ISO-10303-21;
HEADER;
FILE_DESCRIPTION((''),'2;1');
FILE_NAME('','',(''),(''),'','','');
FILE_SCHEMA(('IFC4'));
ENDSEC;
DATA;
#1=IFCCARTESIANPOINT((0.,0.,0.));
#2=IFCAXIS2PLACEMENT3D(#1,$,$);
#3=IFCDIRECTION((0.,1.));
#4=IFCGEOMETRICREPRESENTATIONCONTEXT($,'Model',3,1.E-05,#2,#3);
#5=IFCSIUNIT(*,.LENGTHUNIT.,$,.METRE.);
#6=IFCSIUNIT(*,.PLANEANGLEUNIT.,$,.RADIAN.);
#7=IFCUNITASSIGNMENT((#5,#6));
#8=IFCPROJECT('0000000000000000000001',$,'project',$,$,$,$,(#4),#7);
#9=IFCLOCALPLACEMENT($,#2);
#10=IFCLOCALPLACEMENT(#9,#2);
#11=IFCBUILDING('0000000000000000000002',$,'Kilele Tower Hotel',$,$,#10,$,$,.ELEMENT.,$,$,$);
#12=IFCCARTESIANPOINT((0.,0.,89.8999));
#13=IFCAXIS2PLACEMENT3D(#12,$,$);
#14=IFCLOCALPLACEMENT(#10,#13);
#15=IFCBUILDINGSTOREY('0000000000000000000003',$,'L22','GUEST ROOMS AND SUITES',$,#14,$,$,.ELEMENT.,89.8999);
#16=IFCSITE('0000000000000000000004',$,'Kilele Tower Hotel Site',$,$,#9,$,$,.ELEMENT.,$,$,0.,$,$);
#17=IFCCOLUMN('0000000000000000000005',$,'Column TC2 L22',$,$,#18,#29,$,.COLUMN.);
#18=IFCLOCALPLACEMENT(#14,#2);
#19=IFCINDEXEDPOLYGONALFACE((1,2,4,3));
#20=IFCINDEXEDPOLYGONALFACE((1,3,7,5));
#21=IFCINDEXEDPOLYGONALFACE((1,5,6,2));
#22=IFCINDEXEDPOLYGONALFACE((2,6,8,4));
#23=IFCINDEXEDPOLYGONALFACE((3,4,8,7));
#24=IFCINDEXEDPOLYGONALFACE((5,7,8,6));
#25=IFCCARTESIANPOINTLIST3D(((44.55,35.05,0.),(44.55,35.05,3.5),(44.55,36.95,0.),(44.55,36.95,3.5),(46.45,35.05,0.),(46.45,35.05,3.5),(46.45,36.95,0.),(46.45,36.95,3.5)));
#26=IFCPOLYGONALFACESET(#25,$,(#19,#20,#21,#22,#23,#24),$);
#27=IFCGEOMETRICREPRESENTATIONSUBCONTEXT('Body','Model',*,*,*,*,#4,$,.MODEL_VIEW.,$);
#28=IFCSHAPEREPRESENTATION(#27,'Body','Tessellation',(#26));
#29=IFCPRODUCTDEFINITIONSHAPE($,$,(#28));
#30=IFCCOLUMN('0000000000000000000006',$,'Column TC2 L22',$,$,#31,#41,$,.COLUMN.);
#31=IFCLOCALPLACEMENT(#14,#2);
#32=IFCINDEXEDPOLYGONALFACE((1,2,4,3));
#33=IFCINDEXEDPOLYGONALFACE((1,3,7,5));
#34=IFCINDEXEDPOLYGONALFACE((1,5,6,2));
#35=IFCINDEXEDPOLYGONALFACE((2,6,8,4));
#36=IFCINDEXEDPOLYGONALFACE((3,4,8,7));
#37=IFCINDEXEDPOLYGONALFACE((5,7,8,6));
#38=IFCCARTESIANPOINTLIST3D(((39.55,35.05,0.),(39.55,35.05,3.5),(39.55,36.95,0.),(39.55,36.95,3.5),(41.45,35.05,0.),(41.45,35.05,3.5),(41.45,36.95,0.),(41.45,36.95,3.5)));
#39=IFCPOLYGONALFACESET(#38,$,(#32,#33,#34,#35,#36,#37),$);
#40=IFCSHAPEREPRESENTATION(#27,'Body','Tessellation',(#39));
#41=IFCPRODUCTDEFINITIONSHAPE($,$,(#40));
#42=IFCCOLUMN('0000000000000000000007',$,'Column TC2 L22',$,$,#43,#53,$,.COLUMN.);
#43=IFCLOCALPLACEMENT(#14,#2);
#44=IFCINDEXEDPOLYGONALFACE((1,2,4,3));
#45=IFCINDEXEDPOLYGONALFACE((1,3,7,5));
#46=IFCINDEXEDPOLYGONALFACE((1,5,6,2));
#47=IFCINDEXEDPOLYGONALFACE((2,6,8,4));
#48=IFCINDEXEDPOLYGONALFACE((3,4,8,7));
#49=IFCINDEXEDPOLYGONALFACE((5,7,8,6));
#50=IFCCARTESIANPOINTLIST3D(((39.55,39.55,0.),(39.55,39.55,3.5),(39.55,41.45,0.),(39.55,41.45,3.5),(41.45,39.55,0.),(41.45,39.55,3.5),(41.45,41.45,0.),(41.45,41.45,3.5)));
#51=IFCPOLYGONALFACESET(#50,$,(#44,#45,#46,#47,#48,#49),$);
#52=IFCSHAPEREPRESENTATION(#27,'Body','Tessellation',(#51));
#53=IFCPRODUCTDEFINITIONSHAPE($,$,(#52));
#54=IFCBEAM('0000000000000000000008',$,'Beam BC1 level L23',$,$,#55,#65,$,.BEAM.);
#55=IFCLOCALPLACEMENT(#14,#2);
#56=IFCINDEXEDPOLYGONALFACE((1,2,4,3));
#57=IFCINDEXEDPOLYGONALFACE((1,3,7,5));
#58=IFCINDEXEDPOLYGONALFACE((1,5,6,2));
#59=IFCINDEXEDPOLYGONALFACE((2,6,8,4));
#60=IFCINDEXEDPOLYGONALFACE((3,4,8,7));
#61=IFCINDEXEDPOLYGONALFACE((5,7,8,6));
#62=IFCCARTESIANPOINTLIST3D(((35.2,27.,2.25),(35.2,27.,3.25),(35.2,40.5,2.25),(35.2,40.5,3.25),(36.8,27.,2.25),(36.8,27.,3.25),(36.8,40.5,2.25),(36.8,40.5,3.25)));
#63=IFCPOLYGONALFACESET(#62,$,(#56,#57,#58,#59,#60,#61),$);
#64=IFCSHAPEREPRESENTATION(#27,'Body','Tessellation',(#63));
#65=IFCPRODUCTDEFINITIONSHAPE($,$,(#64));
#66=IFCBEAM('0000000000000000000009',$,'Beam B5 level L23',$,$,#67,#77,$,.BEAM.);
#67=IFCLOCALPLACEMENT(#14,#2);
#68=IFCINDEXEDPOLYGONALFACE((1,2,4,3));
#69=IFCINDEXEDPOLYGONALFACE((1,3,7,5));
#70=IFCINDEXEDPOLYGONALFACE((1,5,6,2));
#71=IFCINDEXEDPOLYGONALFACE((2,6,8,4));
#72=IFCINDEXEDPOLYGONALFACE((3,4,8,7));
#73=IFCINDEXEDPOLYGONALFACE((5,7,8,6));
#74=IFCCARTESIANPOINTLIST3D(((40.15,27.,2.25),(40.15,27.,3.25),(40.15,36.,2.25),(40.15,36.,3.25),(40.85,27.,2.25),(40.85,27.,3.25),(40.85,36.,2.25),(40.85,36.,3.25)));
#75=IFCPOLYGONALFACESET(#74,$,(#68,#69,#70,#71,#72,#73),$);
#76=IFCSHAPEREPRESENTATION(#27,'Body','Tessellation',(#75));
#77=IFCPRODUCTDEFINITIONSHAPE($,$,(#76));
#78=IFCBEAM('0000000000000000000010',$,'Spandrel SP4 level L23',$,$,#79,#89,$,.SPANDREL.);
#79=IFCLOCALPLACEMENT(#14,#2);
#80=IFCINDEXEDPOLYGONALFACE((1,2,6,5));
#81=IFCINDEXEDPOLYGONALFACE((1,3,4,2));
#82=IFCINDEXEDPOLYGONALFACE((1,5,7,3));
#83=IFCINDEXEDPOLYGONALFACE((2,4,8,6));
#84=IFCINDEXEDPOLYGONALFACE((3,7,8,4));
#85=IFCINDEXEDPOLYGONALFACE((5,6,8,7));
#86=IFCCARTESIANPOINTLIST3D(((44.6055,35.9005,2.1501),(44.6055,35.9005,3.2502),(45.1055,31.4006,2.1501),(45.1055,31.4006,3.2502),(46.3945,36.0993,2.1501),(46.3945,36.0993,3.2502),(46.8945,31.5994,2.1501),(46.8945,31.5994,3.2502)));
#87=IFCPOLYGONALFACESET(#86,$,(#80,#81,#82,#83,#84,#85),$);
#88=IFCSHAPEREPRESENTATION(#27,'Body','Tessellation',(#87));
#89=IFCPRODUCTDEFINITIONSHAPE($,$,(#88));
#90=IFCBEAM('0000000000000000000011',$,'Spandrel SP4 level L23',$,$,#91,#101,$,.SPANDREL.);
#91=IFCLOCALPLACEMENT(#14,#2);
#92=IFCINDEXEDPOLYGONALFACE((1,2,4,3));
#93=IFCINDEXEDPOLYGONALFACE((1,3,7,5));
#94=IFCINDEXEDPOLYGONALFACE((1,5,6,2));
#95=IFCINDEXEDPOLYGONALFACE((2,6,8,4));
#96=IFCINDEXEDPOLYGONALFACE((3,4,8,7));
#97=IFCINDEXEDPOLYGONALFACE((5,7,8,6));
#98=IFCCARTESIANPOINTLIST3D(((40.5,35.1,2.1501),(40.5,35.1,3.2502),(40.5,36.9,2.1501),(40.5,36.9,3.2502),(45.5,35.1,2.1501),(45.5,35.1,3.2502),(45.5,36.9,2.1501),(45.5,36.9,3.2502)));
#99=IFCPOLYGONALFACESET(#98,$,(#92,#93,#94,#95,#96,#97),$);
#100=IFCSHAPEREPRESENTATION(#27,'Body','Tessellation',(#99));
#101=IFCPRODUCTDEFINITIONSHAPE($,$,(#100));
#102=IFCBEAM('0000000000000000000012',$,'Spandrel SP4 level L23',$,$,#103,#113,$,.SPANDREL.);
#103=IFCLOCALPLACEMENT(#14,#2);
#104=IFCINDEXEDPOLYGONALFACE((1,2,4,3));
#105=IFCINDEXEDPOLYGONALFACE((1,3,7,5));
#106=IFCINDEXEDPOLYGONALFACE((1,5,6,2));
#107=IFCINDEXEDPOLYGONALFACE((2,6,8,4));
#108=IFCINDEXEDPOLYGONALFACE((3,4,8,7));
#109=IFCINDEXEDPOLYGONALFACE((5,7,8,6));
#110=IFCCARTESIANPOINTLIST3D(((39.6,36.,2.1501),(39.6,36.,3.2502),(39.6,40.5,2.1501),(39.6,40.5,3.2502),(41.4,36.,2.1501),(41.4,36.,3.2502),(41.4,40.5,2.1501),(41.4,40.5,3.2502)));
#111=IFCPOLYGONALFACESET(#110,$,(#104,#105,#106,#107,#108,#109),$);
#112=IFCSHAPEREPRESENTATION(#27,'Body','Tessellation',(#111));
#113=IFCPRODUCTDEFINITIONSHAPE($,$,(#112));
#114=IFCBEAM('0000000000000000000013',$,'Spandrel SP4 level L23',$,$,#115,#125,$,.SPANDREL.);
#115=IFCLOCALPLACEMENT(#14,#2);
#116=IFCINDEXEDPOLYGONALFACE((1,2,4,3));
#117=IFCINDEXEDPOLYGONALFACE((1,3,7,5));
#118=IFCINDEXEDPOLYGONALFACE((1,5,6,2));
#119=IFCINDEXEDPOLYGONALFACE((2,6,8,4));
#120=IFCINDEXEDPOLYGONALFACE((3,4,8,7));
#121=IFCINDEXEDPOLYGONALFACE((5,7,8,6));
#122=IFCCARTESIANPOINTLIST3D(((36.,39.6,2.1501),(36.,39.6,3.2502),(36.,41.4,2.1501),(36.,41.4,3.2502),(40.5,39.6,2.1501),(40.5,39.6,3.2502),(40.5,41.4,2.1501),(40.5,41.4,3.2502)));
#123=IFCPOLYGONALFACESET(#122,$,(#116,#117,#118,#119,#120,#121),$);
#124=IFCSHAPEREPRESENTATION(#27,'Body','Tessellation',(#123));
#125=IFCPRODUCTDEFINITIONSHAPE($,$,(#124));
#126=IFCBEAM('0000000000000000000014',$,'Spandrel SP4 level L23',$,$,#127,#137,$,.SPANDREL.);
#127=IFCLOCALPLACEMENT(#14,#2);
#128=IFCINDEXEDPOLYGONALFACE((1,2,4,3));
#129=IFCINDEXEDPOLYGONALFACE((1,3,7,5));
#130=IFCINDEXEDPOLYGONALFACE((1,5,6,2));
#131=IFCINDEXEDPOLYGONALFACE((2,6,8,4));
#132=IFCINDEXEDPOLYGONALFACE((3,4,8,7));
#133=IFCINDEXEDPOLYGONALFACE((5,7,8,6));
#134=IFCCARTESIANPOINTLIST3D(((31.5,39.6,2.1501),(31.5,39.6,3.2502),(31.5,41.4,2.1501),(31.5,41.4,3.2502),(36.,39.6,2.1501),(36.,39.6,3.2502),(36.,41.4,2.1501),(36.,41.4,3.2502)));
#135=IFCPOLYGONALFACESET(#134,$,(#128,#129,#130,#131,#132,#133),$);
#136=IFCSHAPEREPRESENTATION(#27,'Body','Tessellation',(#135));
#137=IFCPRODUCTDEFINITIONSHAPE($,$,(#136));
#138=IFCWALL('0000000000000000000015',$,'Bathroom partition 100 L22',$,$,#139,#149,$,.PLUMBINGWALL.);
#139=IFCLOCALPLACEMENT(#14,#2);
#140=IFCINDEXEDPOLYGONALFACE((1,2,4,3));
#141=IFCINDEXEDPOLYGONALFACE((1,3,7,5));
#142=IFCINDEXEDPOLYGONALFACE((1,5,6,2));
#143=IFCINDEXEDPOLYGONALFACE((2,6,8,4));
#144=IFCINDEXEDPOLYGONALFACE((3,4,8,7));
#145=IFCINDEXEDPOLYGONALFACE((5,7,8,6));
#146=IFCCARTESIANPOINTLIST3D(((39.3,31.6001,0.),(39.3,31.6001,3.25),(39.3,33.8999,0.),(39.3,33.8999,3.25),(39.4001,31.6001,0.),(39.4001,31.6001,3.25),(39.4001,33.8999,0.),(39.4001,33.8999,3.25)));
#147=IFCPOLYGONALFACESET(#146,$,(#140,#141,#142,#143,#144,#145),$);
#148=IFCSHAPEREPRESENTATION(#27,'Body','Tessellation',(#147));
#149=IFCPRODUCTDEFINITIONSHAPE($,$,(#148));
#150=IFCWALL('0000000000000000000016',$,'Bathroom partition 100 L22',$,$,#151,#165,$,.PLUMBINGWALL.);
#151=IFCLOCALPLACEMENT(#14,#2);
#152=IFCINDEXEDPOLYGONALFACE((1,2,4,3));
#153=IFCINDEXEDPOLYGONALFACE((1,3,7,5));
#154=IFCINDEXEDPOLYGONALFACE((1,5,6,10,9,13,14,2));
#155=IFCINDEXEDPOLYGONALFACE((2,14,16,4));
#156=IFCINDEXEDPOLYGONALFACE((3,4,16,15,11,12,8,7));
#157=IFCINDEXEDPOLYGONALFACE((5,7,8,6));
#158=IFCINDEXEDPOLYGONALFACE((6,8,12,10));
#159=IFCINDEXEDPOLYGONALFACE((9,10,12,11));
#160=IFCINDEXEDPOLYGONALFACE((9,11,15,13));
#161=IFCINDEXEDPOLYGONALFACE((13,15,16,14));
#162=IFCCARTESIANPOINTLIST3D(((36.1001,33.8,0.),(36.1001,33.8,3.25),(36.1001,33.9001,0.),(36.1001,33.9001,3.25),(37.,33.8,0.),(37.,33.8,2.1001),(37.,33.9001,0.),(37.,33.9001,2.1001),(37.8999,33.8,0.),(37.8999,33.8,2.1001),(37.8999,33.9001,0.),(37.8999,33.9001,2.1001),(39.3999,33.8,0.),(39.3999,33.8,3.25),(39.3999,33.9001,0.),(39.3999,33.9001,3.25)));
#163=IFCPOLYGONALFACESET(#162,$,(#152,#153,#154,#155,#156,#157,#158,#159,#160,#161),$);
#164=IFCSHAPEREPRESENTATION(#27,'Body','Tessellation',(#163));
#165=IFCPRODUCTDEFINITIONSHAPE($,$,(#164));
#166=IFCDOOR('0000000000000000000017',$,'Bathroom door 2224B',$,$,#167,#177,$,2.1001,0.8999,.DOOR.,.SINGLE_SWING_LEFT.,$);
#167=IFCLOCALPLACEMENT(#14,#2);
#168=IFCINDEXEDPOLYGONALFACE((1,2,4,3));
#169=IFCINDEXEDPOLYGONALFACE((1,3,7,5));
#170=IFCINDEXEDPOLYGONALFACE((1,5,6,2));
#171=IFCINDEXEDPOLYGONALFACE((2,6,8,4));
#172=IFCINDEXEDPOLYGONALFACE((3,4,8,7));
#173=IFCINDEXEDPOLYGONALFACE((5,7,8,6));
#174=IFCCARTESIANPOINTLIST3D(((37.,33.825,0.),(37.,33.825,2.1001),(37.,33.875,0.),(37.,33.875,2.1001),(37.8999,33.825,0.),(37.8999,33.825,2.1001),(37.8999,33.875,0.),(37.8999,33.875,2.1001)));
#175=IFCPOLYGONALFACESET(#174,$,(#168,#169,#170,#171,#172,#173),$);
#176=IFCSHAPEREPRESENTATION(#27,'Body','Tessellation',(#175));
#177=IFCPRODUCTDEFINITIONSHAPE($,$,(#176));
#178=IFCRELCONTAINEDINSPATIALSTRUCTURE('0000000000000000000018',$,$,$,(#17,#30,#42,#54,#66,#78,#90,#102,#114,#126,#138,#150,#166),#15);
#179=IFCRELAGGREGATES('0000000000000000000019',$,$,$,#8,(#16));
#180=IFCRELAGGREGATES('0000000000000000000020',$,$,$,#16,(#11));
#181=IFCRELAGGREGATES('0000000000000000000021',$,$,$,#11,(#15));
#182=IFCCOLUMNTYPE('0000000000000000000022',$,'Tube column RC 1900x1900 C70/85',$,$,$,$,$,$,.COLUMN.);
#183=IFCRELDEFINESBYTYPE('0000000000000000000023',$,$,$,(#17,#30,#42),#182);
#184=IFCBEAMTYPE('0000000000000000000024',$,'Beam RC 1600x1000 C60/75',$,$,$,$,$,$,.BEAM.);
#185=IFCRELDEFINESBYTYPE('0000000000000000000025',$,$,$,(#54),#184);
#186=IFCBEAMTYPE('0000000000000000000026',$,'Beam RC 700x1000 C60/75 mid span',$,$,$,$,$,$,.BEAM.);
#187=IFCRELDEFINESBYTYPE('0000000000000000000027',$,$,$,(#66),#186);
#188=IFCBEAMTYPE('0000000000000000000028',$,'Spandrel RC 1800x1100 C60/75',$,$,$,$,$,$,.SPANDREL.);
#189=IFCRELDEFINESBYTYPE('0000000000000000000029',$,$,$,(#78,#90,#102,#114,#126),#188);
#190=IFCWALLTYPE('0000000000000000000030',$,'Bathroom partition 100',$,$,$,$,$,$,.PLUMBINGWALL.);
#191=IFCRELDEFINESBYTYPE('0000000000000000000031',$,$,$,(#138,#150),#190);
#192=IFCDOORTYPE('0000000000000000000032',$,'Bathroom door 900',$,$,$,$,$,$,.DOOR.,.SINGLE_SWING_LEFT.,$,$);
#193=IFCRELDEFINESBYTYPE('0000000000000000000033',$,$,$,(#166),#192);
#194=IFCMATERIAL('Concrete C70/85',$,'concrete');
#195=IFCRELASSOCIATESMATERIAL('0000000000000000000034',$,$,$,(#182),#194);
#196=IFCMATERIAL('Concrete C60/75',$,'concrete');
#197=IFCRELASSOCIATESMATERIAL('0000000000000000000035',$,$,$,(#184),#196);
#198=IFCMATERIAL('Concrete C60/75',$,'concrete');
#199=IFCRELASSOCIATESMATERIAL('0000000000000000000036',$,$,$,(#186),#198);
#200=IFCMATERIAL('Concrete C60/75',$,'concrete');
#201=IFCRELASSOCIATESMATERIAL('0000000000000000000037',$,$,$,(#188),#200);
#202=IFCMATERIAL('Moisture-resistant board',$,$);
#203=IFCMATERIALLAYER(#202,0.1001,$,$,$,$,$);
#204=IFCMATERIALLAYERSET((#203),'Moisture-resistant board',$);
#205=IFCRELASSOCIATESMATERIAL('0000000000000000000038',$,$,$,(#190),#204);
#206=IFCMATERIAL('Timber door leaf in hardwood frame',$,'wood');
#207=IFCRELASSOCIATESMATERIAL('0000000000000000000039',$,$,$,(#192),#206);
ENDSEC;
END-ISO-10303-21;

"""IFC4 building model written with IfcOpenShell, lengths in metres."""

from ifc_helpers import new_model, si_unit, direction, frame, frame_2d, origin, origin_2d, place, context, subcontext, project, spatial, rectangle, extrude, material, layer, layer_set, material_profile, profile_set, type_object, element, fill, save


model = new_model("IFC4")

# Units and contexts
model_context = context("Model", 3, precision=1e-05, world=origin(), true_north=direction((0.0, 1.0)))
body_context = subcontext(model_context, "Body", "Model", "MODEL_VIEW")
ifc_project = project(units=[si_unit("LENGTHUNIT", "METRE"), si_unit("PLANEANGLEUNIT", "RADIAN")], contexts=[model_context])

# Site, building, storey
site_placement = place(None, origin())
site = spatial("IfcSite", under=ifc_project, at=site_placement, Name="Kilele Tower Hotel Site", CompositionType="ELEMENT", RefElevation=0.0)
building_placement = place(site_placement, origin())
building = spatial("IfcBuilding", under=site, at=building_placement, Name="Kilele Tower Hotel", CompositionType="ELEMENT")
storey_placement = place(building_placement, frame((0.0, 0.0, 89.8999)))
storey = spatial("IfcBuildingStorey", under=building, at=storey_placement, Name="L22", Description="GUEST ROOMS AND SUITES", CompositionType="ELEMENT", Elevation=89.8999)

# Columns
ifc_material_1 = material(Name="Concrete C70/85", Category="concrete")
ifc_material_profile_1 = material_profile(ifc_material_1, rectangle(XDim=1.8999, YDim=1.8999, at=origin_2d()))
ifc_profile_set_1 = profile_set([ifc_material_profile_1], Name="Concrete C70/85")
column_type = type_object("IfcColumnType", Name="Tube column RC 1900x1900 C70/85", PredefinedType="COLUMN", material=ifc_profile_set_1)
for number, where, z_axis, x_axis, name in (
    (1, (45.5, 36.0, 0.0), (0.0, 0.0, 1.0), (1.0, 0.0, 0.0), "Column TC2 L22"),
    (2, (40.5, 36.0, 0.0), (0.0, 0.0, 1.0), (1.0, 0.0, 0.0), "Column TC2 L22"),
    (3, (40.5, 40.5, 0.0), (0.0, 0.0, 1.0), (1.0, 0.0, 0.0), "Column TC2 L22"),
):
    element("IfcColumn", number, at=place(storey_placement, frame(where, z_axis=z_axis, x_axis=x_axis)), inside=storey, type_object=column_type, Name=name, PredefinedType="COLUMN", context=body_context, shape_type="SweptSolid", body=[
        extrude(rectangle(XDim=1.8999, YDim=1.8999, at=origin_2d()), origin(), (0.0, 0.0, 1.0), 3.5),
    ])

# Beams
ifc_material_2 = material(Name="Concrete C60/75", Category="concrete")
ifc_material_profile_2 = material_profile(ifc_material_2, rectangle(XDim=1.6001, YDim=1.0, at=origin_2d()))
ifc_profile_set_2 = profile_set([ifc_material_profile_2], Name="Concrete C60/75")
beam_type_1 = type_object("IfcBeamType", Name="Beam RC 1600x1000 C60/75", PredefinedType="BEAM", material=ifc_profile_set_2)
beam_1_placement = place(storey_placement, frame((36.0, 40.5, 2.75), z_axis=(0.0, -1.0, 0.0), x_axis=(1.0, 0.0, 0.0)))
element("IfcBeam", 4, at=beam_1_placement, inside=storey, type_object=beam_type_1, Name="Beam BC1 level L23", PredefinedType="BEAM", context=body_context, shape_type="SweptSolid", body=[
    extrude(rectangle(XDim=1.6001, YDim=1.0, at=origin_2d()), origin(), (0.0, 0.0, 1.0), 13.5),
])
ifc_material_3 = material(Name="Concrete C60/75", Category="concrete")
ifc_material_profile_3 = material_profile(ifc_material_3, rectangle(XDim=0.7, YDim=1.0, at=origin_2d()))
ifc_profile_set_3 = profile_set([ifc_material_profile_3], Name="Concrete C60/75")
beam_type_2 = type_object("IfcBeamType", Name="Beam RC 700x1000 C60/75 mid span", PredefinedType="BEAM", material=ifc_profile_set_3)
beam_2_placement = place(storey_placement, frame((40.5, 36.0, 2.75), z_axis=(0.0, -1.0, 0.0), x_axis=(1.0, 0.0, 0.0)))
element("IfcBeam", 5, at=beam_2_placement, inside=storey, type_object=beam_type_2, Name="Beam B5 level L23", PredefinedType="BEAM", context=body_context, shape_type="SweptSolid", body=[
    extrude(rectangle(XDim=0.7, YDim=1.0, at=origin_2d()), origin(), (0.0, 0.0, 1.0), 9.0),
])
ifc_material_4 = material(Name="Concrete C60/75", Category="concrete")
ifc_material_profile_4 = material_profile(ifc_material_4, rectangle(XDim=1.8, YDim=1.1001, at=origin_2d()))
ifc_profile_set_4 = profile_set([ifc_material_profile_4], Name="Concrete C60/75")
beam_type_3 = type_object("IfcBeamType", Name="Spandrel RC 1800x1100 C60/75", PredefinedType="SPANDREL", material=ifc_profile_set_4)
beam_3_placement = place(storey_placement, frame((46.0, 31.5, 2.7002), z_axis=(-0.110432, 0.993884, 0.0), x_axis=(-0.993884, -0.110432, 0.0)))
element("IfcBeam", 6, at=beam_3_placement, inside=storey, type_object=beam_type_3, Name="Spandrel SP4 level L23", PredefinedType="SPANDREL", context=body_context, shape_type="SweptSolid", body=[
    extrude(rectangle(XDim=1.8, YDim=1.1001, at=origin_2d()), origin(), (0.0, 0.0, 1.0), 4.5276),
])
beam_4_placement = place(storey_placement, frame((45.5, 36.0, 2.7002), z_axis=(-1.0, 0.0, 0.0), x_axis=(0.0, -1.0, 0.0)))
element("IfcBeam", 7, at=beam_4_placement, inside=storey, type_object=beam_type_3, Name="Spandrel SP4 level L23", PredefinedType="SPANDREL", context=body_context, shape_type="SweptSolid", body=[
    extrude(rectangle(XDim=1.8, YDim=1.1001, at=origin_2d()), origin(), (0.0, 0.0, 1.0), 5.0),
])
for number, where, z_axis, x_axis, name in (
    (8, (40.5, 36.0, 2.7002), (0.0, 1.0, 0.0), (-1.0, 0.0, 0.0), "Spandrel SP4 level L23"),
    (9, (40.5, 40.5, 2.7002), (-1.0, 0.0, 0.0), (0.0, -1.0, 0.0), "Spandrel SP4 level L23"),
    (10, (36.0, 40.5, 2.7002), (-1.0, 0.0, 0.0), (0.0, -1.0, 0.0), "Spandrel SP4 level L23"),
):
    element("IfcBeam", number, at=place(storey_placement, frame(where, z_axis=z_axis, x_axis=x_axis)), inside=storey, type_object=beam_type_3, Name=name, PredefinedType="SPANDREL", context=body_context, shape_type="SweptSolid", body=[
        extrude(rectangle(XDim=1.8, YDim=1.1001, at=origin_2d()), origin(), (0.0, 0.0, 1.0), 4.5),
    ])

# Wall
ifc_material_5 = material(Name="Moisture-resistant board")
ifc_layer_1 = layer(ifc_material_5, 0.1001)
ifc_layer_set_1 = layer_set([ifc_layer_1], Name="Moisture-resistant board")
wall_type_1 = type_object("IfcWallType", Name="Bathroom partition 100", PredefinedType="PLUMBINGWALL", material=ifc_layer_set_1)
wall_1_placement = place(storey_placement, frame((39.3501, 31.6001, 0.0), z_axis=(0.0, 0.0, 1.0), x_axis=(0.0, 1.0, 0.0)))
element("IfcWall", 11, at=wall_1_placement, inside=storey, type_object=wall_type_1, Name="Bathroom partition 100 L22", PredefinedType="PLUMBINGWALL", context=body_context, shape_type="SweptSolid", body=[
    extrude(rectangle(XDim=2.2998, YDim=0.1001, at=frame_2d((1.1499, 0.0))), origin(), (0.0, 0.0, 1.0), 3.25),
])

# Wall, opening, door
wall_2_placement = place(storey_placement, frame((36.1001, 33.8501, 0.0), z_axis=(0.0, 0.0, 1.0), x_axis=(1.0, 0.0, 0.0)))
wall_2 = element("IfcWall", 12, at=wall_2_placement, inside=storey, type_object=wall_type_1, Name="Bathroom partition 100 L22", PredefinedType="PLUMBINGWALL", context=body_context, shape_type="SweptSolid", body=[
    extrude(rectangle(XDim=3.2998, YDim=0.1001, at=frame_2d((1.6499, 0.0))), origin(), (0.0, 0.0, 1.0), 3.25),
])
opening_1_placement = place(wall_2_placement, frame((0.8999, 0.0, 0.0)))
opening_1 = element("IfcOpeningElement", 13, at=opening_1_placement, cuts=wall_2, PredefinedType="OPENING", context=body_context, shape_type="SweptSolid", body=[
    extrude(rectangle(XDim=0.8999, YDim=2.1001, at=frame_2d((0.45, 1.05))), frame((0.0, 0.0601, 0.0), z_axis=(0.0, -1.0, 0.0), x_axis=(1.0, 0.0, 0.0)), (0.0, 0.0, 1.0), 0.1201),
])
ifc_material_6 = material(Name="Timber door leaf in hardwood frame", Category="wood")
door_type_1 = type_object("IfcDoorType", Name="Bathroom door 900", OperationType="SINGLE_SWING_LEFT", PredefinedType="DOOR", material=ifc_material_6)
door_1_placement = place(opening_1_placement, origin())
door_1 = element("IfcDoor", 14, at=door_1_placement, inside=storey, type_object=door_type_1, Name="Bathroom door 2224B", OperationType="SINGLE_SWING_LEFT", OverallHeight=2.1001, OverallWidth=0.8999, PredefinedType="DOOR", context=body_context, shape_type="SweptSolid", body=[
    extrude(rectangle(XDim=0.8999, YDim=2.1001, at=frame_2d((0.45, 1.05))), frame((0.0, 0.0249, 0.0), z_axis=(0.0, -1.0, 0.0), x_axis=(1.0, 0.0, 0.0)), (0.0, 0.0, 1.0), 0.05),
])
fill(opening_1, door_1)

save(model, "model.ifc")
